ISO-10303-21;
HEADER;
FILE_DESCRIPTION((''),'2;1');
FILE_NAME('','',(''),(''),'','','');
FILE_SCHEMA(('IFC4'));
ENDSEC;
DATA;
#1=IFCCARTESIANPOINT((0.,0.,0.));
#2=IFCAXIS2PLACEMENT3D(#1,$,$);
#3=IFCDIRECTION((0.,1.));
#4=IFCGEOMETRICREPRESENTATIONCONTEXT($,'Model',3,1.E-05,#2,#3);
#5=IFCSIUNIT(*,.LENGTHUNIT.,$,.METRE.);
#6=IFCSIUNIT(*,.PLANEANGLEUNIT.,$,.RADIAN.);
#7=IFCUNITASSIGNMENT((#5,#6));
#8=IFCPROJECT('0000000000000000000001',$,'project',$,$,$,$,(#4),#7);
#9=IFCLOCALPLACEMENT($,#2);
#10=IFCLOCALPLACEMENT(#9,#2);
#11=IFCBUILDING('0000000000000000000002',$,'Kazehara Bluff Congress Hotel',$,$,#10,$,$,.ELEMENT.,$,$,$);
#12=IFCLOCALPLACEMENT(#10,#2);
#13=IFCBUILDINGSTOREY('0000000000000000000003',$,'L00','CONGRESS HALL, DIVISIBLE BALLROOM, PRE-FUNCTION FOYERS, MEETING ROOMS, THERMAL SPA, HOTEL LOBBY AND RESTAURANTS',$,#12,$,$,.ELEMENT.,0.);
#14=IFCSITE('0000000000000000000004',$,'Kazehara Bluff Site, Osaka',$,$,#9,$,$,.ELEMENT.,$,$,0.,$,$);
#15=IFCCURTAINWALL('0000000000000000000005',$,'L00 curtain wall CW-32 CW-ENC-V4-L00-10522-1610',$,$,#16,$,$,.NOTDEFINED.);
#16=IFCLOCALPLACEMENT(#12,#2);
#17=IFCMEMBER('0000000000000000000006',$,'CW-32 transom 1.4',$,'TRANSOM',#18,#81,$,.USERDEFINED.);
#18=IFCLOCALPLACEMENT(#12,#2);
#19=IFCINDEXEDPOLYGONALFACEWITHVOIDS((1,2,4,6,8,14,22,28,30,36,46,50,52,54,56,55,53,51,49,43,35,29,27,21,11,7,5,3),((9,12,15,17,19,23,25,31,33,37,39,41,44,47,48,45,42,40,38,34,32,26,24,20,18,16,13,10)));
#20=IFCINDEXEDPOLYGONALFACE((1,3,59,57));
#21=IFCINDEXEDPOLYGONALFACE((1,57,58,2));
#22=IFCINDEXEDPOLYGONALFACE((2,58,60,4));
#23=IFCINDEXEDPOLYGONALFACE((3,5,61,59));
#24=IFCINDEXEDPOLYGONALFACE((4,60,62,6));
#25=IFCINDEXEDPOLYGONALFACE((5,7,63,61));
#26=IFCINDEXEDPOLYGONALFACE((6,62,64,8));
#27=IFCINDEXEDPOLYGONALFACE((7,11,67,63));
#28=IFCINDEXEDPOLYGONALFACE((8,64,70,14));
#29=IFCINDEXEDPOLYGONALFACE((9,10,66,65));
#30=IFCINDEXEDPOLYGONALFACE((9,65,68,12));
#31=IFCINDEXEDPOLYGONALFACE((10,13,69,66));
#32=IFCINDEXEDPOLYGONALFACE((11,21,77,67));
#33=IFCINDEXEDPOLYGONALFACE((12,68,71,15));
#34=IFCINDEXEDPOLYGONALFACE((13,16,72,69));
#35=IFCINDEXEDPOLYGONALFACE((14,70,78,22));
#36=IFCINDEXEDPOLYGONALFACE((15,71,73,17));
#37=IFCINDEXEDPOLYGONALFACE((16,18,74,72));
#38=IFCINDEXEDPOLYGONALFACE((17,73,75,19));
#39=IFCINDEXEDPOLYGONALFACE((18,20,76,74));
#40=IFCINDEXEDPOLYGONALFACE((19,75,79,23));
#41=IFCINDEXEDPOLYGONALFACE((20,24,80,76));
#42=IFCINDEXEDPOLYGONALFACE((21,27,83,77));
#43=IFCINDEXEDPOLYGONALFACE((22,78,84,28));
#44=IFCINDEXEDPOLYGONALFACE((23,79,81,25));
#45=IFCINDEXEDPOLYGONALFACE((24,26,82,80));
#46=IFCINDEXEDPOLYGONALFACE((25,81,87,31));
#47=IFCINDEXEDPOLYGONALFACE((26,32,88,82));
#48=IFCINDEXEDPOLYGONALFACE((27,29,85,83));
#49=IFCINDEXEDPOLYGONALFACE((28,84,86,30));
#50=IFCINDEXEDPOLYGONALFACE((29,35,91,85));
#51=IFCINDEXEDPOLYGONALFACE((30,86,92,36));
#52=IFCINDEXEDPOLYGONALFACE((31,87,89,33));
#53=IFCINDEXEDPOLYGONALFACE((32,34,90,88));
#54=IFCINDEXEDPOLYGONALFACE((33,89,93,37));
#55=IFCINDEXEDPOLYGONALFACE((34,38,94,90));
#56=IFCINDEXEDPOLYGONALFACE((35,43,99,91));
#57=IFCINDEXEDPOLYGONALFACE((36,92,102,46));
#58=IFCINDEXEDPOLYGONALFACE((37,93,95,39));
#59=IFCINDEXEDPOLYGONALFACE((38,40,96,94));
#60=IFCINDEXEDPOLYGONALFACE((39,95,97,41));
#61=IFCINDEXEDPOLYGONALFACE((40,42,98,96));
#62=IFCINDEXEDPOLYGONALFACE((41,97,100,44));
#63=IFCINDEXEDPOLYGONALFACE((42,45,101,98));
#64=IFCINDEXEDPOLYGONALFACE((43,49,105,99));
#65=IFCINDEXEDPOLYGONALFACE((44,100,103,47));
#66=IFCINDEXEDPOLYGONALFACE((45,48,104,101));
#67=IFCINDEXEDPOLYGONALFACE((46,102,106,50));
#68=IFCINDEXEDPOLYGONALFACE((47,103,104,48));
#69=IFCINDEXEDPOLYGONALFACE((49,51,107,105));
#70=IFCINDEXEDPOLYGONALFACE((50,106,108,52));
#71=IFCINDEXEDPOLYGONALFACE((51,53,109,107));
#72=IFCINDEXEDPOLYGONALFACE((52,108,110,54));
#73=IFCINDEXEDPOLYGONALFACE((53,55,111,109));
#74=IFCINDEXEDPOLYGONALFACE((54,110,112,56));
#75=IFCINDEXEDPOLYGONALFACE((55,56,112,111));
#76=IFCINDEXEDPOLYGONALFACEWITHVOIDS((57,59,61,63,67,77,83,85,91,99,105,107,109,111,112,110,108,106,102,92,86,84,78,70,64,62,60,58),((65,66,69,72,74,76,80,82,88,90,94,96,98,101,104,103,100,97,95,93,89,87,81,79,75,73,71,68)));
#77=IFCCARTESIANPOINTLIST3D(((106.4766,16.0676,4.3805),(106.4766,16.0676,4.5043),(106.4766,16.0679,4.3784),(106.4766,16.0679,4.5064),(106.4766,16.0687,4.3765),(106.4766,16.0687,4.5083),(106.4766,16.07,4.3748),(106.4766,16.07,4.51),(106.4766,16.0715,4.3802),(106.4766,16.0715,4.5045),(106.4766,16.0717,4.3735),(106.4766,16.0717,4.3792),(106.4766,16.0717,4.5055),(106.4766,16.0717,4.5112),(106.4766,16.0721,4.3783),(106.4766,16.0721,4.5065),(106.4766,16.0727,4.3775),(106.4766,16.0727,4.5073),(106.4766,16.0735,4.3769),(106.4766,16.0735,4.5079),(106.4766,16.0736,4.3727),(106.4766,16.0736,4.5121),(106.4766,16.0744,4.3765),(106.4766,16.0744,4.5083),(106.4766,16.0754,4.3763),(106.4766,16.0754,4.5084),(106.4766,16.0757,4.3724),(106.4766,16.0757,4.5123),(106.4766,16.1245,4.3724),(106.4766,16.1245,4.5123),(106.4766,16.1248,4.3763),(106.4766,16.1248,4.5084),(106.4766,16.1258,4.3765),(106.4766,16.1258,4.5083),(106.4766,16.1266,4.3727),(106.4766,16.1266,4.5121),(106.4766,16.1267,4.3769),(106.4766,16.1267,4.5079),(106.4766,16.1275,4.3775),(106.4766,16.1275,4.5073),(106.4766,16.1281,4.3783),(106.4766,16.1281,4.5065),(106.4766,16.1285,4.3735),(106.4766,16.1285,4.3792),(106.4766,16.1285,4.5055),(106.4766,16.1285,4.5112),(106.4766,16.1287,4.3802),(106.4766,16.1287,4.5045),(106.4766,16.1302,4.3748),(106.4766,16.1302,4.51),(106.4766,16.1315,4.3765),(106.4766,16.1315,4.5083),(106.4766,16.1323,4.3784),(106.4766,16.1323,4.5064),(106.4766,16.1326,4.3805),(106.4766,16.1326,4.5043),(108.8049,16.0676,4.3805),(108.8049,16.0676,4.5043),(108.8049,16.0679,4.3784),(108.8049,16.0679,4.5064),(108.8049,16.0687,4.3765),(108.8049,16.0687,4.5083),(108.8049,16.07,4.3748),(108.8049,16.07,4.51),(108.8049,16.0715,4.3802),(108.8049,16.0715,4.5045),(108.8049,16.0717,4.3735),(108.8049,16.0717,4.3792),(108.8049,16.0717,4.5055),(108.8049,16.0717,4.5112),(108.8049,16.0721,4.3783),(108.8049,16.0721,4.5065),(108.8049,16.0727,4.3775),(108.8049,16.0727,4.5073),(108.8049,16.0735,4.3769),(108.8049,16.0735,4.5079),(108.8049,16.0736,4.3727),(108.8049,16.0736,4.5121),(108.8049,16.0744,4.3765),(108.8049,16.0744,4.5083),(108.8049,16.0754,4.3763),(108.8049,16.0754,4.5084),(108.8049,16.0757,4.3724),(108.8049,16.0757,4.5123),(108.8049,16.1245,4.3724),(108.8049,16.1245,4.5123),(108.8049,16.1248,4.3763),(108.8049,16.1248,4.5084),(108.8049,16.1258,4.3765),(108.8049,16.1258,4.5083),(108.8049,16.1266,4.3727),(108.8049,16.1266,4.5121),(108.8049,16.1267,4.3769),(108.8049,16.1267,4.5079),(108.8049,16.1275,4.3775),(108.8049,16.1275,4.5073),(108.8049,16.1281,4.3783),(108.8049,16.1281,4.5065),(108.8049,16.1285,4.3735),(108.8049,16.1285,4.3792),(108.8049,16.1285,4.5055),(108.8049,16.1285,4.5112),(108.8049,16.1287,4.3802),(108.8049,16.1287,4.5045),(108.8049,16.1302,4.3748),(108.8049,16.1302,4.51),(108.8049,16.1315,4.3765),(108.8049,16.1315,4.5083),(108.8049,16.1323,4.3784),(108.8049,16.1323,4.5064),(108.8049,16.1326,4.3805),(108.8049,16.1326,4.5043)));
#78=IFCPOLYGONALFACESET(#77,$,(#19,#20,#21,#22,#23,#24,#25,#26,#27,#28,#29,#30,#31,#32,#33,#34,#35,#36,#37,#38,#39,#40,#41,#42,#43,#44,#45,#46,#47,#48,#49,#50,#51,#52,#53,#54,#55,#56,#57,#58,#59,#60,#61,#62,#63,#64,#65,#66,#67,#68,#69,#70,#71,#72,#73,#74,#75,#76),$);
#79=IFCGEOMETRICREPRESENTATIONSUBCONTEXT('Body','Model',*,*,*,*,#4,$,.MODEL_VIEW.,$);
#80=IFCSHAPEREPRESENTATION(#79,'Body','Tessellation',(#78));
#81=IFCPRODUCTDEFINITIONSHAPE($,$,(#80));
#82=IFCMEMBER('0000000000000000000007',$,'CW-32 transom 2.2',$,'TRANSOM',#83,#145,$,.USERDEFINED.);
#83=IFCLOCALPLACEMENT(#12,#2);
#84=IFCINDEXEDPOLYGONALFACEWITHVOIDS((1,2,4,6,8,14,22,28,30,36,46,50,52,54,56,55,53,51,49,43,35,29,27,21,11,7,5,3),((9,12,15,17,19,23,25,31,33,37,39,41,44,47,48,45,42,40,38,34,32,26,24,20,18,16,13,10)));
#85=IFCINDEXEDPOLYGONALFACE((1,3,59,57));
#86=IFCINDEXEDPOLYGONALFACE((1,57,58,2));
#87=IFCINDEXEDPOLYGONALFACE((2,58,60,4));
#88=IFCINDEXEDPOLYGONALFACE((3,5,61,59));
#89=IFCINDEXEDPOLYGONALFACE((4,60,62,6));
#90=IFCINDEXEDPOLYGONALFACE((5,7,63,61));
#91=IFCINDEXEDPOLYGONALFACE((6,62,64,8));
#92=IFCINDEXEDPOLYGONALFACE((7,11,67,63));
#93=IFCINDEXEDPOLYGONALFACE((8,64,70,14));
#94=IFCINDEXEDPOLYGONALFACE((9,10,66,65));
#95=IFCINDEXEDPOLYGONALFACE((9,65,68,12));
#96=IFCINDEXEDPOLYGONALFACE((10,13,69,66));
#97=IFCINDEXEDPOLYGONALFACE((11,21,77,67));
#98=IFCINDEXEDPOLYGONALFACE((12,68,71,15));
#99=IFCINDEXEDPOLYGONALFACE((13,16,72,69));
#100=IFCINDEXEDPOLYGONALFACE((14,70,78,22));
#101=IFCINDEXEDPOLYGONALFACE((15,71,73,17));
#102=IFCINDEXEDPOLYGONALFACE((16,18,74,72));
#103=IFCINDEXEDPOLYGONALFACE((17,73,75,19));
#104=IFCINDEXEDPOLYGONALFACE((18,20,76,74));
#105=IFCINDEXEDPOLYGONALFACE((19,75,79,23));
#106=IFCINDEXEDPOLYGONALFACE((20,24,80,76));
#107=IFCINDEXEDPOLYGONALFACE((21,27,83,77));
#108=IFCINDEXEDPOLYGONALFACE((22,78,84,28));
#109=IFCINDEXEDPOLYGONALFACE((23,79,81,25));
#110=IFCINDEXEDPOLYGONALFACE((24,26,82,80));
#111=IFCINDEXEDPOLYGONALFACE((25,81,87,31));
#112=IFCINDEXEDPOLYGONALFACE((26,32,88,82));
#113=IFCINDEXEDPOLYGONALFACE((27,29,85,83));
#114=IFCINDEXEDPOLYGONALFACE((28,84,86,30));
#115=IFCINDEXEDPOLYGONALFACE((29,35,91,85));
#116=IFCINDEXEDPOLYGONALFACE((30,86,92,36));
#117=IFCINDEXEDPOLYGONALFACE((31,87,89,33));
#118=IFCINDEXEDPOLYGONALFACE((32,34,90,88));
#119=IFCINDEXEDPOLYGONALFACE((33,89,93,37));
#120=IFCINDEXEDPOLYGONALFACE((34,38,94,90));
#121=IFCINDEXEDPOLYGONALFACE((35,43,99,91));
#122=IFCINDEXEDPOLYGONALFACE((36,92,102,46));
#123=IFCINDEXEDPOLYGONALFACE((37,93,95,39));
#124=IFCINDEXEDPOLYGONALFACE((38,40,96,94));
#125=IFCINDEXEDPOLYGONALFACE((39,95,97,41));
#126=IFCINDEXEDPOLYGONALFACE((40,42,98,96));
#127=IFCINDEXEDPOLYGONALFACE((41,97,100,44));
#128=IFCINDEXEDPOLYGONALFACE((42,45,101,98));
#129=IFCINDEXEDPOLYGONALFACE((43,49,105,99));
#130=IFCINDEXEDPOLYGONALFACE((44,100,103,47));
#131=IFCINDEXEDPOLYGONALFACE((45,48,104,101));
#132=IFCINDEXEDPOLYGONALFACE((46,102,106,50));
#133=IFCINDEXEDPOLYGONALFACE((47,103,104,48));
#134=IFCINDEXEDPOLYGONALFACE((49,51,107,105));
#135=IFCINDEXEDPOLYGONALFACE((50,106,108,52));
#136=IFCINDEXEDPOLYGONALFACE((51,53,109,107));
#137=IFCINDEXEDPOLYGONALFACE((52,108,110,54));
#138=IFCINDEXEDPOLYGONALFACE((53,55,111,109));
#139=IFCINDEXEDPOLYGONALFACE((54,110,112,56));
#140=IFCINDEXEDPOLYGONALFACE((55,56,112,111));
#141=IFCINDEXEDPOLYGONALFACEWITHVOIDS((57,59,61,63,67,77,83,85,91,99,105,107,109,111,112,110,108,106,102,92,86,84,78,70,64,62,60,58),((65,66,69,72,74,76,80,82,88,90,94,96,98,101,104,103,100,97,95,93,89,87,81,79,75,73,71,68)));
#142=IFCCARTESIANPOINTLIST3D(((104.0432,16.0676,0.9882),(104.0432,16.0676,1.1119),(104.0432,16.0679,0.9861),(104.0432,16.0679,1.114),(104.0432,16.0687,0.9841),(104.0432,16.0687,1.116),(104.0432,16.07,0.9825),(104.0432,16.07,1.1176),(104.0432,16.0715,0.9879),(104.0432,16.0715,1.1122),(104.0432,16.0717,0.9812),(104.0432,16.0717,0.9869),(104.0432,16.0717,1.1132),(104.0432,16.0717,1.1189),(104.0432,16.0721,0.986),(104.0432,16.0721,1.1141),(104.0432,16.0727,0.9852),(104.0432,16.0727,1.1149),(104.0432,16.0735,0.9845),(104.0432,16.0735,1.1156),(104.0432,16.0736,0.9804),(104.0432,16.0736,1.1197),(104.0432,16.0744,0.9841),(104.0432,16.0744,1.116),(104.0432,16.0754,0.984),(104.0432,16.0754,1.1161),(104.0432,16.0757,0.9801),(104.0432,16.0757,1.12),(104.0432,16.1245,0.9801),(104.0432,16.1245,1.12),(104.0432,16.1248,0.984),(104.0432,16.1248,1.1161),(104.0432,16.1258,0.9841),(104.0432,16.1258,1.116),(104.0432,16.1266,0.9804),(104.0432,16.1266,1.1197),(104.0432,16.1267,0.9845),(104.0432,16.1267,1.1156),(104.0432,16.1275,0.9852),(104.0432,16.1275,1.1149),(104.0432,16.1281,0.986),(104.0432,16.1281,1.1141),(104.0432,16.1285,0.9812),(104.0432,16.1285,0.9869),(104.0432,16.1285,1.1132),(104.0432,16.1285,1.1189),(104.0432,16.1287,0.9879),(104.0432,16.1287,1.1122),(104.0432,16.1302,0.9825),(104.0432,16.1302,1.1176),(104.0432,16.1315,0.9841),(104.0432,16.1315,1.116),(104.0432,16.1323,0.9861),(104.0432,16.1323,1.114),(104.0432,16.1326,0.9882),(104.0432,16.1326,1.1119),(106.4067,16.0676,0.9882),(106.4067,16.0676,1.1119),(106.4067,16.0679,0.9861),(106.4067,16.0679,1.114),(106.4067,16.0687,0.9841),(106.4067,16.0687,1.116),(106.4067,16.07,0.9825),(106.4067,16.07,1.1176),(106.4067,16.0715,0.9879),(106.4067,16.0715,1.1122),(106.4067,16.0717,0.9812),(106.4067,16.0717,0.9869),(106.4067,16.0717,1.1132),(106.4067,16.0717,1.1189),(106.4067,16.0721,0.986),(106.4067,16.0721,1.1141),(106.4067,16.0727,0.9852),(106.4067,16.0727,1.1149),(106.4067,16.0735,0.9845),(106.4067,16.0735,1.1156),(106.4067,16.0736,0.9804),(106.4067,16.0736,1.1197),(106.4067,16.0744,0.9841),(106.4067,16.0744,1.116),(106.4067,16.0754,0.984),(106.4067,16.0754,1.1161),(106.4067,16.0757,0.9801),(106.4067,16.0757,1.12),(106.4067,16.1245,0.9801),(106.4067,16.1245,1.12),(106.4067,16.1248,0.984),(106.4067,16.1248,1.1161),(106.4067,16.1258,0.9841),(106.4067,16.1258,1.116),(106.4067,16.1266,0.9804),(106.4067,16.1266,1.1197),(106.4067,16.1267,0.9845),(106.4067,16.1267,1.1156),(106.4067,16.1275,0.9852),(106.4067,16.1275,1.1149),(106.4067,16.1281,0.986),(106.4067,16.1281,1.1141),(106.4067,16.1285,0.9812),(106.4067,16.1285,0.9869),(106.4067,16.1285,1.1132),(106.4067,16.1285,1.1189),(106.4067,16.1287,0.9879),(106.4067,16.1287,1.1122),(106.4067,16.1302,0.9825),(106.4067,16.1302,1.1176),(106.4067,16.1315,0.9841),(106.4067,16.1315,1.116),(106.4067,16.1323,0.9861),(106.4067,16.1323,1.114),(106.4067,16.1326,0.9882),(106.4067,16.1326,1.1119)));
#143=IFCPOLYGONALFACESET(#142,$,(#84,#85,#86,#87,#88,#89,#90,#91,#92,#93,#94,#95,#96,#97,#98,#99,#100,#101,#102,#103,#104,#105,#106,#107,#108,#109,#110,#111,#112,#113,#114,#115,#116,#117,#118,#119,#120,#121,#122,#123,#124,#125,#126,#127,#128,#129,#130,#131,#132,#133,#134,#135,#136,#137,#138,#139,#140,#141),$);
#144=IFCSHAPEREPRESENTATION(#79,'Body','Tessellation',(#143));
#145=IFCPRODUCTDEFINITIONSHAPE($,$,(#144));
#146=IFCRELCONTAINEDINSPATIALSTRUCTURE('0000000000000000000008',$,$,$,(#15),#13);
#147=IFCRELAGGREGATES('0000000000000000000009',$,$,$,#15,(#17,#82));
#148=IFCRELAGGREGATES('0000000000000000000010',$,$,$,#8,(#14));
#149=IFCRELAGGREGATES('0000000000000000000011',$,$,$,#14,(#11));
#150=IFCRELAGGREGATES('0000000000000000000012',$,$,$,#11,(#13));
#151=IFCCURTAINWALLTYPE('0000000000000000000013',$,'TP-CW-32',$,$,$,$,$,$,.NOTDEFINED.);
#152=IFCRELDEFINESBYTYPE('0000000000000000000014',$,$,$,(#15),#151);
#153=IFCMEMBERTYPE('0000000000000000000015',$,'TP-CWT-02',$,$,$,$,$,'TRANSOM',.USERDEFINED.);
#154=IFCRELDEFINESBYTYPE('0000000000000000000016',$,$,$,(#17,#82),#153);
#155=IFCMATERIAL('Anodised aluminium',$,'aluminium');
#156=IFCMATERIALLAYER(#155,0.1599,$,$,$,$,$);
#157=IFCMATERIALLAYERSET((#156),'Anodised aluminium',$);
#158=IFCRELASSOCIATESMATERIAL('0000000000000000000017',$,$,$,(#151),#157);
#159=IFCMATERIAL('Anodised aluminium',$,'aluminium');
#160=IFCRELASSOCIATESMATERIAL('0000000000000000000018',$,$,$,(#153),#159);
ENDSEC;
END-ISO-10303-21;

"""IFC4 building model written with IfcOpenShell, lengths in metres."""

from ifc_helpers import new_model, si_unit, direction, frame, origin, origin_2d, place, context, subcontext, project, spatial, hollow_rectangle, extrude, material, layer, layer_set, material_profile, profile_set, type_object, element, aggregate, save


model = new_model("IFC4")

# Units and contexts
model_context = context("Model", 3, precision=1e-05, world=origin(), true_north=direction((0.0, 1.0)))
body_context = subcontext(model_context, "Body", "Model", "MODEL_VIEW")
ifc_project = project(units=[si_unit("LENGTHUNIT", "METRE"), si_unit("PLANEANGLEUNIT", "RADIAN")], contexts=[model_context])

# Site, building, storey
site_placement = place(None, origin())
site = spatial("IfcSite", under=ifc_project, at=site_placement, Name="Kazehara Bluff Site, Osaka", CompositionType="ELEMENT", RefElevation=0.0)
building_placement = place(site_placement, origin())
building = spatial("IfcBuilding", under=site, at=building_placement, Name="Kazehara Bluff Congress Hotel", CompositionType="ELEMENT")
storey_placement = place(building_placement, origin())
storey = spatial("IfcBuildingStorey", under=building, at=storey_placement, Name="L00", Description="CONGRESS HALL, DIVISIBLE BALLROOM, PRE-FUNCTION FOYERS, MEETING ROOMS, THERMAL SPA, HOTEL LOBBY AND RESTAURANTS", CompositionType="ELEMENT", Elevation=0.0)

# Curtain wall
ifc_material_1 = material(Name="Anodised aluminium", Category="aluminium")
ifc_layer_1 = layer(ifc_material_1, 0.1599)
ifc_layer_set_1 = layer_set([ifc_layer_1], Name="Anodised aluminium")
curtain_wall_type_1 = type_object("IfcCurtainWallType", Name="TP-CW-32", PredefinedType="NOTDEFINED", material=ifc_layer_set_1)
curtain_wall_1_placement = place(storey_placement, origin())
curtain_wall_1 = element("IfcCurtainWall", 1, at=curtain_wall_1_placement, inside=storey, type_object=curtain_wall_type_1, Name="L00 curtain wall CW-32 CW-ENC-V4-L00-10522-1610", PredefinedType="NOTDEFINED")

# Members
ifc_material_2 = material(Name="Anodised aluminium", Category="aluminium")
ifc_material_profile_1 = material_profile(ifc_material_2, hollow_rectangle(XDim=0.0649, YDim=0.1399, WallThickness=0.0039, InnerFilletRadius=0.0039, OuterFilletRadius=0.0081, at=origin_2d()))
ifc_profile_set_1 = profile_set([ifc_material_profile_1], Name="Anodised aluminium")
member_type_1 = type_object("IfcMemberType", Name="TP-CWT-02", ElementType="TRANSOM", PredefinedType="USERDEFINED", material=ifc_profile_set_1)
member_1_placement = place(storey_placement, frame((108.8049, 16.1001, 4.4424), z_axis=(-1.0, 0.0, 0.0), x_axis=(0.0, -1.0, 0.0)))
member_1 = element("IfcMember", 2, at=member_1_placement, type_object=member_type_1, Name="CW-32 transom 1.4", ObjectType="TRANSOM", PredefinedType="USERDEFINED", context=body_context, shape_type="SweptSolid", body=[
    extrude(hollow_rectangle(XDim=0.0649, YDim=0.1399, WallThickness=0.0039, InnerFilletRadius=0.0039, OuterFilletRadius=0.0081, at=origin_2d()), origin(), (0.0, 0.0, 1.0), 2.3284),
])
member_2_placement = place(storey_placement, frame((106.4067, 16.1001, 1.05), z_axis=(-1.0, 0.0, 0.0), x_axis=(0.0, -1.0, 0.0)))
member_2 = element("IfcMember", 3, at=member_2_placement, type_object=member_type_1, Name="CW-32 transom 2.2", ObjectType="TRANSOM", PredefinedType="USERDEFINED", context=body_context, shape_type="SweptSolid", body=[
    extrude(hollow_rectangle(XDim=0.0649, YDim=0.1399, WallThickness=0.0039, InnerFilletRadius=0.0039, OuterFilletRadius=0.0081, at=origin_2d()), origin(), (0.0, 0.0, 1.0), 2.3635),
])

aggregate(curtain_wall_1, [member_1, member_2])

save(model, "model.ifc")
